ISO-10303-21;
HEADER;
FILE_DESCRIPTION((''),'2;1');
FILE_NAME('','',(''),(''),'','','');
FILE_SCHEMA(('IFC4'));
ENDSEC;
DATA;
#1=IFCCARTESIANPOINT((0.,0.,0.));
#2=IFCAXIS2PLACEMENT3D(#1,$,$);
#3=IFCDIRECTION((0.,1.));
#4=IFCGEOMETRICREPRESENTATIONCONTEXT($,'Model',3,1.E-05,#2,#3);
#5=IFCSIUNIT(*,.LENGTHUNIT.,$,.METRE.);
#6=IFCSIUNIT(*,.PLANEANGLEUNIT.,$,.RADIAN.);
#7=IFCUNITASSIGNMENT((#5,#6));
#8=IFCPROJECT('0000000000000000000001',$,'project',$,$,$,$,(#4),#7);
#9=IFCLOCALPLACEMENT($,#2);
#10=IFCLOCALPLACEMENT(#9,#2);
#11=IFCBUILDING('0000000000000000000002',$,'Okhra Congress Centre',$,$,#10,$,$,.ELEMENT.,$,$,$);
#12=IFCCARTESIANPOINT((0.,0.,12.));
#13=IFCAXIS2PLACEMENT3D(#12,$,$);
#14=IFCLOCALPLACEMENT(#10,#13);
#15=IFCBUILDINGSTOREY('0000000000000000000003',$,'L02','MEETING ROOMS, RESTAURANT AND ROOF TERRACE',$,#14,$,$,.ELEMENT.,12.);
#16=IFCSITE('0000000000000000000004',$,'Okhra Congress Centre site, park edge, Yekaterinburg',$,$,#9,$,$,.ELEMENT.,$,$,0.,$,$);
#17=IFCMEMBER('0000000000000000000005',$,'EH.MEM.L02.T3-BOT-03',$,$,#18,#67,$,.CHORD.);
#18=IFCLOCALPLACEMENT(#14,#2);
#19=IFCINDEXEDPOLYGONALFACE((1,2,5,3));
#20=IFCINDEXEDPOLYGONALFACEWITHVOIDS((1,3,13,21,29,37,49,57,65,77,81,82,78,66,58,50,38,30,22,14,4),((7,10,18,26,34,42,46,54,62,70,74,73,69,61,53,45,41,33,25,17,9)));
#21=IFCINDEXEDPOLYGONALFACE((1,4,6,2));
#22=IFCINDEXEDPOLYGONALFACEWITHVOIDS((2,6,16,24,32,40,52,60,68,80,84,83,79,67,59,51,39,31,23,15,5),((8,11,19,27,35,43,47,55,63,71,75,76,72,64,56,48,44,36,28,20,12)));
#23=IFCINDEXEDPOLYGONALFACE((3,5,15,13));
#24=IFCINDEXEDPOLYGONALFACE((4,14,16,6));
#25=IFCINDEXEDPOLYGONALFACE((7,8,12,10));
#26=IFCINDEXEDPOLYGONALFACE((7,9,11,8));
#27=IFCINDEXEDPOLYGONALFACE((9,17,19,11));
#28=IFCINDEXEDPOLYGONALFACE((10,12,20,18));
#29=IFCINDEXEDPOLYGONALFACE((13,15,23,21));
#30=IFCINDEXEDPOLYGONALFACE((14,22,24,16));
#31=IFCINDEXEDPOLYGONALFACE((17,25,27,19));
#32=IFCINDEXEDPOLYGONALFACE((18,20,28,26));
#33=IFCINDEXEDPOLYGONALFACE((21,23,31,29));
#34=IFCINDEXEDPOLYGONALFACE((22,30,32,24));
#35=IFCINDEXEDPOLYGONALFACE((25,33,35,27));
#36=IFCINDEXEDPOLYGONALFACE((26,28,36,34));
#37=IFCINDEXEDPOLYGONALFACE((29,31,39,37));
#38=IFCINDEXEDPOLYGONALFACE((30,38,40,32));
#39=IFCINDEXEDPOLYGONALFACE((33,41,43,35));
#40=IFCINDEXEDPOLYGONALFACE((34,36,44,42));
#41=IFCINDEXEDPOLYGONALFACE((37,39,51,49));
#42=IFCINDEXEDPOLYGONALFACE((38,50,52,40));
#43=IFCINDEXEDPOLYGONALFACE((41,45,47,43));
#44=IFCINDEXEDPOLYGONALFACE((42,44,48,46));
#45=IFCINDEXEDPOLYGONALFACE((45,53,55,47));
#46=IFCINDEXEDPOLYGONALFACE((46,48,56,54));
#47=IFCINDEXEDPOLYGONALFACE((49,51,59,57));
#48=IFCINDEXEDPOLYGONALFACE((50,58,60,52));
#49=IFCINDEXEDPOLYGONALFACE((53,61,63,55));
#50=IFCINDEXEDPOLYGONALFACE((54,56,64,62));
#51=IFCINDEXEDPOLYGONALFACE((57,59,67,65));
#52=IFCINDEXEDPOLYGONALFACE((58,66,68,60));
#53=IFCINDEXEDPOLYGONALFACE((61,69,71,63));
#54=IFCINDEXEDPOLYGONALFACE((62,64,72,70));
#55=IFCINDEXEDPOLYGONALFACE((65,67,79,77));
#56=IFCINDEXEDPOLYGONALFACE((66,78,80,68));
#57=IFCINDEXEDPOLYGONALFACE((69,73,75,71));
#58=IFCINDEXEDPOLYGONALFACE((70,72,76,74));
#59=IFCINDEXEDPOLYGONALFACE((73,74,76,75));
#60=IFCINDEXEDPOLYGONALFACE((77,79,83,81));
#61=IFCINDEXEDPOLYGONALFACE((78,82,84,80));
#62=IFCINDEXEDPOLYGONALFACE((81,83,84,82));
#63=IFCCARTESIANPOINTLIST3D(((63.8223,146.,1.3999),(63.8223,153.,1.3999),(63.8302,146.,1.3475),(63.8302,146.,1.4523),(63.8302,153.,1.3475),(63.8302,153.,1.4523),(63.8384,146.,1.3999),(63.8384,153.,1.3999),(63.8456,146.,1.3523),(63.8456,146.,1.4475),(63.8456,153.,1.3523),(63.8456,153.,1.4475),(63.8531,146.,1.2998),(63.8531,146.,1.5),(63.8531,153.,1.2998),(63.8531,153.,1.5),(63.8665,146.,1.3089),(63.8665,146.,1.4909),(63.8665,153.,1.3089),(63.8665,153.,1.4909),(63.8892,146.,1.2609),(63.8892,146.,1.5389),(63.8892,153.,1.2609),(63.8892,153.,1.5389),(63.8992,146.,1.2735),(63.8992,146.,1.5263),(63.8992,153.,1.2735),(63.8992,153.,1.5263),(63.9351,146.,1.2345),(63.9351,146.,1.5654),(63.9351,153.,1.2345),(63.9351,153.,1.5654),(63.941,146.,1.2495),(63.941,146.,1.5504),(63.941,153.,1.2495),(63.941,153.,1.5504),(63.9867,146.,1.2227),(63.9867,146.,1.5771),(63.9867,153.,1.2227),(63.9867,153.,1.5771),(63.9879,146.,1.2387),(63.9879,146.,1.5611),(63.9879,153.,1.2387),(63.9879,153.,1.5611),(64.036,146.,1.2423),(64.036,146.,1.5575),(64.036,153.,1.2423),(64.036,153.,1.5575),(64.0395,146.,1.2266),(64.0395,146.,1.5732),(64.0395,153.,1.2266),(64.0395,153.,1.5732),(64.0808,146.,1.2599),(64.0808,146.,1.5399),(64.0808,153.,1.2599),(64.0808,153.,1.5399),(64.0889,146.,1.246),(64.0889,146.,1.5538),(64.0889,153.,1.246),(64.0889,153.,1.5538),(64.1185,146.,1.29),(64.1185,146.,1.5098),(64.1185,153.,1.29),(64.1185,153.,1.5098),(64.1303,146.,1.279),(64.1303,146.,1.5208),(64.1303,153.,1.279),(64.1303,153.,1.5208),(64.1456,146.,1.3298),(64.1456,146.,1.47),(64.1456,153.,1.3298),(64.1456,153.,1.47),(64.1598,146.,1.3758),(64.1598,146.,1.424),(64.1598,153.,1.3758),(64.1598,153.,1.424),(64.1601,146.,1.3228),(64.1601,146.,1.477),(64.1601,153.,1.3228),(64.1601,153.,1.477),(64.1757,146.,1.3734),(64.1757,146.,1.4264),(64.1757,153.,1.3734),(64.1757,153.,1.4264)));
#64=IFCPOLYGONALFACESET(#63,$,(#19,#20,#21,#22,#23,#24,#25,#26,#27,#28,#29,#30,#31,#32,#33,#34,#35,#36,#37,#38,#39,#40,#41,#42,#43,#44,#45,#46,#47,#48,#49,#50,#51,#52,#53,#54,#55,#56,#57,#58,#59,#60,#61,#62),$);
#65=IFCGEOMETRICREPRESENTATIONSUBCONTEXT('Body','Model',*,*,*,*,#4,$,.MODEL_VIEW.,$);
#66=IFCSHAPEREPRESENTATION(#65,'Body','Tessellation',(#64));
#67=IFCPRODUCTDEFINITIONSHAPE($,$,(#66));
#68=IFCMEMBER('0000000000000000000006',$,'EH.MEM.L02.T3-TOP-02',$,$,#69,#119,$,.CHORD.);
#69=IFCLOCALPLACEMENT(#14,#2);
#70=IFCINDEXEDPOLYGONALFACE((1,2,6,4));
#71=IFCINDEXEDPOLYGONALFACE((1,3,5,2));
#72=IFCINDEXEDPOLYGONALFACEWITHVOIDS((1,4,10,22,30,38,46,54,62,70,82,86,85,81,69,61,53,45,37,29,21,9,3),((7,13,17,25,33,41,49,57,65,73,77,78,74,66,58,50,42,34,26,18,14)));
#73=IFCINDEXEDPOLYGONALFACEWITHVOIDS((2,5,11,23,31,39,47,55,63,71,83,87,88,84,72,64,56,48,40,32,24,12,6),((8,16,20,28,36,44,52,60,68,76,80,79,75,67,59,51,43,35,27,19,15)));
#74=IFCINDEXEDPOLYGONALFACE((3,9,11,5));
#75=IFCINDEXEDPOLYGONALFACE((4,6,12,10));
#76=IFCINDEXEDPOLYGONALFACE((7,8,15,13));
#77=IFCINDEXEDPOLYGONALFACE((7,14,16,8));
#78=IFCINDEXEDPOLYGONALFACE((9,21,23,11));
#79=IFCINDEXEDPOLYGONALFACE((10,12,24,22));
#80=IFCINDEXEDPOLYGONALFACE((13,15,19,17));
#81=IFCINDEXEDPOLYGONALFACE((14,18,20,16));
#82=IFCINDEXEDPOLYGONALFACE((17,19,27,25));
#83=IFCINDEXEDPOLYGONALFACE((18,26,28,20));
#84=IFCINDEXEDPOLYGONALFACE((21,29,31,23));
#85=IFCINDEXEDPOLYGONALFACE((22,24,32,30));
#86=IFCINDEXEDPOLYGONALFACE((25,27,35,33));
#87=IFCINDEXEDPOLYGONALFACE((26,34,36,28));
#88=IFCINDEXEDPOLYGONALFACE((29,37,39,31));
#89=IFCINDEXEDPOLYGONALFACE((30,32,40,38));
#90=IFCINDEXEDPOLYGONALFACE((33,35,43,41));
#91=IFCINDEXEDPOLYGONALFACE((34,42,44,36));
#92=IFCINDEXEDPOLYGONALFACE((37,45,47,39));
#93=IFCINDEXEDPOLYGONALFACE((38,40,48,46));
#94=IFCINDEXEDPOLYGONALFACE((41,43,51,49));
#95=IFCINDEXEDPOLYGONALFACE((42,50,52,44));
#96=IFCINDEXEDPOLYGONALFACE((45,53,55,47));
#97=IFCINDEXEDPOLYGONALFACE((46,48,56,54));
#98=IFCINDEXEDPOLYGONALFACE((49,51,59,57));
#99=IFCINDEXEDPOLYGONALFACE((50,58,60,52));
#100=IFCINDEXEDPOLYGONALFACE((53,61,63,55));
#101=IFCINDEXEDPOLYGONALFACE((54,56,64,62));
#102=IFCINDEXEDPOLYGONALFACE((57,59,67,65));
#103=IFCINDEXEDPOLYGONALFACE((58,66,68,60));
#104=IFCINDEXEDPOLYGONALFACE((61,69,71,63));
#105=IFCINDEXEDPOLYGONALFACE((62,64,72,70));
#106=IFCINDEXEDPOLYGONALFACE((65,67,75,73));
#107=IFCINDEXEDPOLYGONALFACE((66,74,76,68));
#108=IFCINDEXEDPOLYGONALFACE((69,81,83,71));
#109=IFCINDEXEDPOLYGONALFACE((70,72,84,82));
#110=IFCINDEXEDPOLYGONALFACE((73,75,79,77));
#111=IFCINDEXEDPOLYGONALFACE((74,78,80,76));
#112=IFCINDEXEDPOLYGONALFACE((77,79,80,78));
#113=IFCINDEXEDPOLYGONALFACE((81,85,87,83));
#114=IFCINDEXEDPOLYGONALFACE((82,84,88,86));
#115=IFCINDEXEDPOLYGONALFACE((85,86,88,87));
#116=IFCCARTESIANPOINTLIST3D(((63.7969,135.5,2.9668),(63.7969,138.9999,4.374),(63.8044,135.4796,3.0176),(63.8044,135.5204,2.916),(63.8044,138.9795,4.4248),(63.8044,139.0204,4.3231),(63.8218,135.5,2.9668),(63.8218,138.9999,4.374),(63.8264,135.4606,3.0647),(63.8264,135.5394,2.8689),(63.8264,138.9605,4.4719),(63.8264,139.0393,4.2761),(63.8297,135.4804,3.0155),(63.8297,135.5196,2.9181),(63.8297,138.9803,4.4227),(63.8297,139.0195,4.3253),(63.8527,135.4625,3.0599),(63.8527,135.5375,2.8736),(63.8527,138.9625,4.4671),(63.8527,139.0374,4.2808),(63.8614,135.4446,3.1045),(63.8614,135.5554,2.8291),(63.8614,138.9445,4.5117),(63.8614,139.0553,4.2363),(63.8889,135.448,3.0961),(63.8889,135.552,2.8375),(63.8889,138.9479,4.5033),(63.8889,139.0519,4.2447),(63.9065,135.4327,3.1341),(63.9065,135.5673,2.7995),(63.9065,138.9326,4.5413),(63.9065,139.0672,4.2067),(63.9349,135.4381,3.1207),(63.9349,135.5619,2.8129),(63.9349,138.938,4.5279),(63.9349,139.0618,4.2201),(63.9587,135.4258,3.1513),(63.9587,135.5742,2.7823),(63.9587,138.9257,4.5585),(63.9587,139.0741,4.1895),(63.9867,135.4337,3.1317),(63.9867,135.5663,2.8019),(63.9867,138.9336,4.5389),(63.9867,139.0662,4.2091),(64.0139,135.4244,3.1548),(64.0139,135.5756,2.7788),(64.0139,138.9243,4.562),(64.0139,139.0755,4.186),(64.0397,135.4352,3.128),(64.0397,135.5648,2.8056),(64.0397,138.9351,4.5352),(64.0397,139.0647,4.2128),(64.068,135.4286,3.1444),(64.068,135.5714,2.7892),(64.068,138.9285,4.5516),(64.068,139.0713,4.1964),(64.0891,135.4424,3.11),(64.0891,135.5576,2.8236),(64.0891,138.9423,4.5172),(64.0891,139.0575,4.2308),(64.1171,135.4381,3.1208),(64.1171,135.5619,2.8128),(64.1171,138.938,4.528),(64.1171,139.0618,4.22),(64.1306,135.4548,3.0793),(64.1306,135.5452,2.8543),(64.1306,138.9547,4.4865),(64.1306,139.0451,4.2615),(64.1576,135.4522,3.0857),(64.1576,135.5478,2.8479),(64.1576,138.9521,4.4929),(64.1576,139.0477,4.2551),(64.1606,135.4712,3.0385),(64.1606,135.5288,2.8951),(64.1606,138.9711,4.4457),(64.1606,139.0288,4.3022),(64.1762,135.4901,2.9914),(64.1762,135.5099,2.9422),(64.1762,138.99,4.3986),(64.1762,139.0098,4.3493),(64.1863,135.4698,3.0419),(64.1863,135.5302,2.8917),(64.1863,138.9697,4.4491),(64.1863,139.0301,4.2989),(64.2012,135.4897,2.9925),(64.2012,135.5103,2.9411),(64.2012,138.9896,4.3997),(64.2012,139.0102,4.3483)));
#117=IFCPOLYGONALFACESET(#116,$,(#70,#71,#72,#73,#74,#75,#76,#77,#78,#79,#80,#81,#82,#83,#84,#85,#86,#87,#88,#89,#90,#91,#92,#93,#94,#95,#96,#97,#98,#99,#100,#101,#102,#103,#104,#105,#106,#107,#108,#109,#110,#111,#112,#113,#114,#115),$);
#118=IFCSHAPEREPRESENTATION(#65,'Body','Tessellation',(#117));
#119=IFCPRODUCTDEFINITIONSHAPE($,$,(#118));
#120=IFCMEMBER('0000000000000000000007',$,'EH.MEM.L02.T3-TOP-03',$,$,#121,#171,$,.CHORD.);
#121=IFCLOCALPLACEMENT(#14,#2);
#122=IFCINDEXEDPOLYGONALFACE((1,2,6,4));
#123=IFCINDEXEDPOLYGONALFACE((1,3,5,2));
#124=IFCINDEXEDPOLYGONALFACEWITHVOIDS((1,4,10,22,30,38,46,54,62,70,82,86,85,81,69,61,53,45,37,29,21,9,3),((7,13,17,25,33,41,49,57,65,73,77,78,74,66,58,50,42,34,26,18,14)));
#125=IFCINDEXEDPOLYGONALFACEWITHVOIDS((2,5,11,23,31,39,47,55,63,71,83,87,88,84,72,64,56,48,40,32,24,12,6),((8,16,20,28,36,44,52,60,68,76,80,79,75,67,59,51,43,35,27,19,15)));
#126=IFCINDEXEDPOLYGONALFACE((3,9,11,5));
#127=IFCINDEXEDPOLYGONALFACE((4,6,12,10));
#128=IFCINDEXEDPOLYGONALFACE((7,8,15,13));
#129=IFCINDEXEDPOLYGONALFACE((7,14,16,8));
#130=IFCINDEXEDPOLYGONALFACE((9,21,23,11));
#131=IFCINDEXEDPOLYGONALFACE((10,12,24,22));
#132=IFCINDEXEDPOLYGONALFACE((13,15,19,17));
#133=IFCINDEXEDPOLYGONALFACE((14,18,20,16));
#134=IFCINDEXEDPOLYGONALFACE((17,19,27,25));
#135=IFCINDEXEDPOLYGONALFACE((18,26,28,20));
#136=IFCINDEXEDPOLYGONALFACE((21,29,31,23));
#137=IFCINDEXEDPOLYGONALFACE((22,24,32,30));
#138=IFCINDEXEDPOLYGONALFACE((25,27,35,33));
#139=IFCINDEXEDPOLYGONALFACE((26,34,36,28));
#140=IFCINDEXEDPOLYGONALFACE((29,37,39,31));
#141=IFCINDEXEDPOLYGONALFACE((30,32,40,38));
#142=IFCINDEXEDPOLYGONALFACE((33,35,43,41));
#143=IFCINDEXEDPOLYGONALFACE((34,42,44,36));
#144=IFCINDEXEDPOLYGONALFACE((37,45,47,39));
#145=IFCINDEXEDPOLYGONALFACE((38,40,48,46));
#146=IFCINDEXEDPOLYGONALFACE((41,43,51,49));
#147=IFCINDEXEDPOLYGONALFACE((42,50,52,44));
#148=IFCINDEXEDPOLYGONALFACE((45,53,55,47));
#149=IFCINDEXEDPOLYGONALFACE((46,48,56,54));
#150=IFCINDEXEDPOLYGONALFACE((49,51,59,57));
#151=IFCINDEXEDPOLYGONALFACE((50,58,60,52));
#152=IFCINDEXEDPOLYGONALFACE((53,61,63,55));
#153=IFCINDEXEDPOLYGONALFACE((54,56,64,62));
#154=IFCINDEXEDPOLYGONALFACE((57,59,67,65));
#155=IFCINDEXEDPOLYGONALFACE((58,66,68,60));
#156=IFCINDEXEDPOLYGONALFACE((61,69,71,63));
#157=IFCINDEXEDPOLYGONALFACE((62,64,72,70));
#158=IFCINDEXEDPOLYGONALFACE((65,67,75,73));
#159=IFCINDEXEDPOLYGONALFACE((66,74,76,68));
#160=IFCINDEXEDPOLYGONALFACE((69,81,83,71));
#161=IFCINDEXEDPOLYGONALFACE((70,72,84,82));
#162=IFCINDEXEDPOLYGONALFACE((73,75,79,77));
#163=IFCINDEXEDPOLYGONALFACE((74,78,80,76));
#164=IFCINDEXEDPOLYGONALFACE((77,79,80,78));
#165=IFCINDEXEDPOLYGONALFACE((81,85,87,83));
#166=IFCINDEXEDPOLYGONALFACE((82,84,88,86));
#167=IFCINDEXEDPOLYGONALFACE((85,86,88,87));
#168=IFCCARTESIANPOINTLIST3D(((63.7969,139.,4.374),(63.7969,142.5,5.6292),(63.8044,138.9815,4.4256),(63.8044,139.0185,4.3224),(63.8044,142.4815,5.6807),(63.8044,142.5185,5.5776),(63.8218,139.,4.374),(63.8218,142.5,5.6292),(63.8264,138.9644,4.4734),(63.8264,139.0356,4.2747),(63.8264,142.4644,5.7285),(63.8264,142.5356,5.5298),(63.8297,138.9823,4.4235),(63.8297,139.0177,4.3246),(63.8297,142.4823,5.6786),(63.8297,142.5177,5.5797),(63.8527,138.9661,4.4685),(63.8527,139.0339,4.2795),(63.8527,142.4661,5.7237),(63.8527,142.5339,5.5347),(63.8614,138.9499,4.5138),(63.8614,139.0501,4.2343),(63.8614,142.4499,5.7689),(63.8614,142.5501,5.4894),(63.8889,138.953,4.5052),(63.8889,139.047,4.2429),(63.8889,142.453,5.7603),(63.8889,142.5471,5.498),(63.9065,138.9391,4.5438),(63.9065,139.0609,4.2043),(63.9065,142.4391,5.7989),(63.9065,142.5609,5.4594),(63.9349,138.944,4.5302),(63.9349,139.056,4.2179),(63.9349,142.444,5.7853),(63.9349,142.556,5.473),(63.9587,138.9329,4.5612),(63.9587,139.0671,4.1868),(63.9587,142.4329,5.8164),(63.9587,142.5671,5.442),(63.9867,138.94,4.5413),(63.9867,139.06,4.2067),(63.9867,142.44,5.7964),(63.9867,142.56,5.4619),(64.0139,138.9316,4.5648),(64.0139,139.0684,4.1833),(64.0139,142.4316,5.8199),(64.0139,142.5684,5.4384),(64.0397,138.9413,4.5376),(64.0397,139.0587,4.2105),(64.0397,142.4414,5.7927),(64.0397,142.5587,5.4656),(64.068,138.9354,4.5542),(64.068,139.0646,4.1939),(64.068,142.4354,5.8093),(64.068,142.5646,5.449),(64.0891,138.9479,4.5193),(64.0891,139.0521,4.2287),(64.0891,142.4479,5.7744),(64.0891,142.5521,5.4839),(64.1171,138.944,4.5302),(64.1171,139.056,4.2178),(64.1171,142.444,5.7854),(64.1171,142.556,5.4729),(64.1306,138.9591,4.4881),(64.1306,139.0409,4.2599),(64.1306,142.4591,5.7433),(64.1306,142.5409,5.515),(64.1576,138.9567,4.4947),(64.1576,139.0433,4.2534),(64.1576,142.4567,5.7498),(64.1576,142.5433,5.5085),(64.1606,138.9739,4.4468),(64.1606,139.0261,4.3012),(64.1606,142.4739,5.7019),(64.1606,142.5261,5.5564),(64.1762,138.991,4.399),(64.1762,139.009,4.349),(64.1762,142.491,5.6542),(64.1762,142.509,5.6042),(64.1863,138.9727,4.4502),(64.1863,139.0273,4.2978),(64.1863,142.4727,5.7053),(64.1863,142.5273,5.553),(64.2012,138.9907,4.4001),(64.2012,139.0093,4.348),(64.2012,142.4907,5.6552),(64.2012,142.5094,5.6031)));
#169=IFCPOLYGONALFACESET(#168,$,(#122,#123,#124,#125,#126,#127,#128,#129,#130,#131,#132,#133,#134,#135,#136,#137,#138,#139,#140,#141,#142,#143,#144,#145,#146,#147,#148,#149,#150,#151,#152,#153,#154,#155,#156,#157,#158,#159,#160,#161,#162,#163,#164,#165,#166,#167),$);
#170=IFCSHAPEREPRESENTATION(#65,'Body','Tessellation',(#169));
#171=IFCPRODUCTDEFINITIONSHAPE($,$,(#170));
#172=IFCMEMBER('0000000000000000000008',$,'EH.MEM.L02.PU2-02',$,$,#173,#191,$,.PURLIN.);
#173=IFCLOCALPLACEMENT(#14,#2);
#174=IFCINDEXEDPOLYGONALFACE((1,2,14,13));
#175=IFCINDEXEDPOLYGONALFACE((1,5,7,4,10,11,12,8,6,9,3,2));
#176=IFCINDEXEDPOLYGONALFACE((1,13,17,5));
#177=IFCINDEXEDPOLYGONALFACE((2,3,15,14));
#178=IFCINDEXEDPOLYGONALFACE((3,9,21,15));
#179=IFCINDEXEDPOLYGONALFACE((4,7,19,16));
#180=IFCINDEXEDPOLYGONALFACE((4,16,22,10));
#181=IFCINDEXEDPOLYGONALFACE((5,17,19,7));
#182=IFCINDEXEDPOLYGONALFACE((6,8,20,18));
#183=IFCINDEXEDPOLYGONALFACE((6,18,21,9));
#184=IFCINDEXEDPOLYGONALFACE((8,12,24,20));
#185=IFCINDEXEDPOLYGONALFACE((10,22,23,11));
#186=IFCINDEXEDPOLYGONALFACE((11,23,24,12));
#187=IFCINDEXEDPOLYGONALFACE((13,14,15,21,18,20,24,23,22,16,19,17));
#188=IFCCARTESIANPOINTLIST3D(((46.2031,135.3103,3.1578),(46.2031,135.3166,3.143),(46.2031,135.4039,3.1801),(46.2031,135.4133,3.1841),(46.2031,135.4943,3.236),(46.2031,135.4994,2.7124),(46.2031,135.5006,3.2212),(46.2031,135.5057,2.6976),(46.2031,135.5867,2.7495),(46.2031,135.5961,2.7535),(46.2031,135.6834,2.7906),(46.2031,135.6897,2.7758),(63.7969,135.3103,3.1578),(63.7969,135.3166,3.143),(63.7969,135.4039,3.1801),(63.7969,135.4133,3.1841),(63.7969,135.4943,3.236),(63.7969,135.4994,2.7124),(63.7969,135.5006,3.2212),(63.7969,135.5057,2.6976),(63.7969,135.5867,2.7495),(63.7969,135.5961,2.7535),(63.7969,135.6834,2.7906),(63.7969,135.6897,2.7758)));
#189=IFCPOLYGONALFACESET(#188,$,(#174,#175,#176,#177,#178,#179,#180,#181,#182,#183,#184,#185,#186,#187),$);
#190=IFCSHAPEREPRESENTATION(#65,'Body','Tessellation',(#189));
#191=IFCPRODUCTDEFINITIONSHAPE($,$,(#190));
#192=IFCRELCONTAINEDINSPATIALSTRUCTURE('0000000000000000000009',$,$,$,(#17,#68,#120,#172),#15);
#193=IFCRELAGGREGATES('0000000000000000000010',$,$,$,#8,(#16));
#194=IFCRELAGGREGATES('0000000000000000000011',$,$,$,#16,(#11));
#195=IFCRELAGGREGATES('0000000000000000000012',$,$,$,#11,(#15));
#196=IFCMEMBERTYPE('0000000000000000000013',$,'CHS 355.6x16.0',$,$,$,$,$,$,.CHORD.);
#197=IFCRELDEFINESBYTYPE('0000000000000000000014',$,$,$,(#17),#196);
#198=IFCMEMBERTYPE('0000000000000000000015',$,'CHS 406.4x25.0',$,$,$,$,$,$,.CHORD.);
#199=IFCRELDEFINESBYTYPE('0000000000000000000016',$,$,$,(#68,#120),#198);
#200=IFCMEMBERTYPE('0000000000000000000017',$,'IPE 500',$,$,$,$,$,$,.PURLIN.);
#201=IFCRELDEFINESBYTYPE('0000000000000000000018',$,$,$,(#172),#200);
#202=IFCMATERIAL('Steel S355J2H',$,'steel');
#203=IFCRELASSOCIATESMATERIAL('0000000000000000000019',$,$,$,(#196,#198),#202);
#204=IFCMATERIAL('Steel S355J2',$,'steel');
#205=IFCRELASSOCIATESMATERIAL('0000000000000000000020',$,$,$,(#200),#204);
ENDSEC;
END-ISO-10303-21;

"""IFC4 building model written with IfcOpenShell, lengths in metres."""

from ifc_helpers import new_model, si_unit, direction, frame, origin, origin_2d, place, context, subcontext, project, spatial, hollow_circle, i_section, extrude, material, material_profile, profile_set, type_object, element, save


model = new_model("IFC4")

# Units and contexts
model_context = context("Model", 3, precision=1e-05, world=origin(), true_north=direction((0.0, 1.0)))
body_context = subcontext(model_context, "Body", "Model", "MODEL_VIEW")
ifc_project = project(units=[si_unit("LENGTHUNIT", "METRE"), si_unit("PLANEANGLEUNIT", "RADIAN")], contexts=[model_context])

# Site, building, storey
site_placement = place(None, origin())
site = spatial("IfcSite", under=ifc_project, at=site_placement, Name="Okhra Congress Centre site, park edge, Yekaterinburg", CompositionType="ELEMENT", RefElevation=0.0)
building_placement = place(site_placement, origin())
building = spatial("IfcBuilding", under=site, at=building_placement, Name="Okhra Congress Centre", CompositionType="ELEMENT")
storey_placement = place(building_placement, frame((0.0, 0.0, 12.0)))
storey = spatial("IfcBuildingStorey", under=building, at=storey_placement, Name="L02", Description="MEETING ROOMS, RESTAURANT AND ROOF TERRACE", CompositionType="ELEMENT", Elevation=12.0)

# Shared definitions
ifc_material_1 = material(Name="Steel S355J2", Category="steel")

# Members
ifc_material_2 = material(Name="Steel S355J2H", Category="steel")
ifc_material_profile_1 = material_profile(ifc_material_2, hollow_circle(Radius=0.1777, WallThickness=0.0161, at=origin_2d()), Name="CHS 355.6x16.0")
ifc_profile_set_1 = profile_set([ifc_material_profile_1], Name="Steel S355J2H")
member_type_1 = type_object("IfcMemberType", Name="CHS 355.6x16.0", PredefinedType="CHORD", material=ifc_profile_set_1)
for number, where, z_axis, x_axis, name in (
    (1, (64.0, 146.0, 1.3999), (0.0, 1.0, 0.0), (-1.0, 0.0, 0.0), "EH.MEM.L02.T3-BOT-03"),
):
    element("IfcMember", number, at=place(storey_placement, frame(where, z_axis=z_axis, x_axis=x_axis)), inside=storey, type_object=member_type_1, Name=name, PredefinedType="CHORD", context=body_context, shape_type="SweptSolid", body=[
        extrude(hollow_circle(Radius=0.1777, WallThickness=0.0161, at=origin_2d()), origin(), (0.0, 0.0, 1.0), 7.0),
    ])
ifc_material_profile_2 = material_profile(ifc_material_2, hollow_circle(Radius=0.2031, WallThickness=0.0249, at=origin_2d()), Name="CHS 406.4x25.0")
ifc_profile_set_2 = profile_set([ifc_material_profile_2], Name="Steel S355J2H")
member_type_2 = type_object("IfcMemberType", Name="CHS 406.4x25.0", PredefinedType="CHORD", material=ifc_profile_set_2)
member_1_placement = place(storey_placement, frame((64.0, 135.5, 2.9668), z_axis=(0.0, 0.927815, 0.373042), x_axis=(-1.0, 0.0, 0.0)))
element("IfcMember", 2, at=member_1_placement, inside=storey, type_object=member_type_2, Name="EH.MEM.L02.T3-TOP-02", PredefinedType="CHORD", context=body_context, shape_type="SweptSolid", body=[
    extrude(hollow_circle(Radius=0.2031, WallThickness=0.0249, at=origin_2d()), origin(), (0.0, 0.0, 1.0), 3.7722),
])
member_2_placement = place(storey_placement, frame((64.0, 139.0, 4.374), z_axis=(0.0, 0.941304, 0.337559), x_axis=(-1.0, 0.0, 0.0)))
element("IfcMember", 3, at=member_2_placement, inside=storey, type_object=member_type_2, Name="EH.MEM.L02.T3-TOP-03", PredefinedType="CHORD", context=body_context, shape_type="SweptSolid", body=[
    extrude(hollow_circle(Radius=0.2031, WallThickness=0.0249, at=origin_2d()), origin(), (0.0, 0.0, 1.0), 3.7183),
])
ifc_material_profile_3 = material_profile(ifc_material_1, i_section(OverallWidth=0.2, OverallDepth=0.5, WebThickness=0.0103, FlangeThickness=0.0161, at=origin_2d()), Name="IPE 500")
ifc_profile_set_3 = profile_set([ifc_material_profile_3], Name="Steel S355J2")
member_type_3 = type_object("IfcMemberType", Name="IPE 500", PredefinedType="PURLIN", material=ifc_profile_set_3)
for number, where, z_axis, x_axis, name in (
    (4, (46.2031, 135.5, 2.9668), (1.0, 0.0, 0.0), (0.0, 0.920437, 0.39089), "EH.MEM.L02.PU2-02"),
):
    element("IfcMember", number, at=place(storey_placement, frame(where, z_axis=z_axis, x_axis=x_axis)), inside=storey, type_object=member_type_3, Name=name, PredefinedType="PURLIN", context=body_context, shape_type="SweptSolid", body=[
        extrude(i_section(OverallWidth=0.2, OverallDepth=0.5, WebThickness=0.0103, FlangeThickness=0.0161, at=origin_2d()), origin(), (0.0, 0.0, 1.0), 17.5938),
    ])

save(model, "model.ifc")
